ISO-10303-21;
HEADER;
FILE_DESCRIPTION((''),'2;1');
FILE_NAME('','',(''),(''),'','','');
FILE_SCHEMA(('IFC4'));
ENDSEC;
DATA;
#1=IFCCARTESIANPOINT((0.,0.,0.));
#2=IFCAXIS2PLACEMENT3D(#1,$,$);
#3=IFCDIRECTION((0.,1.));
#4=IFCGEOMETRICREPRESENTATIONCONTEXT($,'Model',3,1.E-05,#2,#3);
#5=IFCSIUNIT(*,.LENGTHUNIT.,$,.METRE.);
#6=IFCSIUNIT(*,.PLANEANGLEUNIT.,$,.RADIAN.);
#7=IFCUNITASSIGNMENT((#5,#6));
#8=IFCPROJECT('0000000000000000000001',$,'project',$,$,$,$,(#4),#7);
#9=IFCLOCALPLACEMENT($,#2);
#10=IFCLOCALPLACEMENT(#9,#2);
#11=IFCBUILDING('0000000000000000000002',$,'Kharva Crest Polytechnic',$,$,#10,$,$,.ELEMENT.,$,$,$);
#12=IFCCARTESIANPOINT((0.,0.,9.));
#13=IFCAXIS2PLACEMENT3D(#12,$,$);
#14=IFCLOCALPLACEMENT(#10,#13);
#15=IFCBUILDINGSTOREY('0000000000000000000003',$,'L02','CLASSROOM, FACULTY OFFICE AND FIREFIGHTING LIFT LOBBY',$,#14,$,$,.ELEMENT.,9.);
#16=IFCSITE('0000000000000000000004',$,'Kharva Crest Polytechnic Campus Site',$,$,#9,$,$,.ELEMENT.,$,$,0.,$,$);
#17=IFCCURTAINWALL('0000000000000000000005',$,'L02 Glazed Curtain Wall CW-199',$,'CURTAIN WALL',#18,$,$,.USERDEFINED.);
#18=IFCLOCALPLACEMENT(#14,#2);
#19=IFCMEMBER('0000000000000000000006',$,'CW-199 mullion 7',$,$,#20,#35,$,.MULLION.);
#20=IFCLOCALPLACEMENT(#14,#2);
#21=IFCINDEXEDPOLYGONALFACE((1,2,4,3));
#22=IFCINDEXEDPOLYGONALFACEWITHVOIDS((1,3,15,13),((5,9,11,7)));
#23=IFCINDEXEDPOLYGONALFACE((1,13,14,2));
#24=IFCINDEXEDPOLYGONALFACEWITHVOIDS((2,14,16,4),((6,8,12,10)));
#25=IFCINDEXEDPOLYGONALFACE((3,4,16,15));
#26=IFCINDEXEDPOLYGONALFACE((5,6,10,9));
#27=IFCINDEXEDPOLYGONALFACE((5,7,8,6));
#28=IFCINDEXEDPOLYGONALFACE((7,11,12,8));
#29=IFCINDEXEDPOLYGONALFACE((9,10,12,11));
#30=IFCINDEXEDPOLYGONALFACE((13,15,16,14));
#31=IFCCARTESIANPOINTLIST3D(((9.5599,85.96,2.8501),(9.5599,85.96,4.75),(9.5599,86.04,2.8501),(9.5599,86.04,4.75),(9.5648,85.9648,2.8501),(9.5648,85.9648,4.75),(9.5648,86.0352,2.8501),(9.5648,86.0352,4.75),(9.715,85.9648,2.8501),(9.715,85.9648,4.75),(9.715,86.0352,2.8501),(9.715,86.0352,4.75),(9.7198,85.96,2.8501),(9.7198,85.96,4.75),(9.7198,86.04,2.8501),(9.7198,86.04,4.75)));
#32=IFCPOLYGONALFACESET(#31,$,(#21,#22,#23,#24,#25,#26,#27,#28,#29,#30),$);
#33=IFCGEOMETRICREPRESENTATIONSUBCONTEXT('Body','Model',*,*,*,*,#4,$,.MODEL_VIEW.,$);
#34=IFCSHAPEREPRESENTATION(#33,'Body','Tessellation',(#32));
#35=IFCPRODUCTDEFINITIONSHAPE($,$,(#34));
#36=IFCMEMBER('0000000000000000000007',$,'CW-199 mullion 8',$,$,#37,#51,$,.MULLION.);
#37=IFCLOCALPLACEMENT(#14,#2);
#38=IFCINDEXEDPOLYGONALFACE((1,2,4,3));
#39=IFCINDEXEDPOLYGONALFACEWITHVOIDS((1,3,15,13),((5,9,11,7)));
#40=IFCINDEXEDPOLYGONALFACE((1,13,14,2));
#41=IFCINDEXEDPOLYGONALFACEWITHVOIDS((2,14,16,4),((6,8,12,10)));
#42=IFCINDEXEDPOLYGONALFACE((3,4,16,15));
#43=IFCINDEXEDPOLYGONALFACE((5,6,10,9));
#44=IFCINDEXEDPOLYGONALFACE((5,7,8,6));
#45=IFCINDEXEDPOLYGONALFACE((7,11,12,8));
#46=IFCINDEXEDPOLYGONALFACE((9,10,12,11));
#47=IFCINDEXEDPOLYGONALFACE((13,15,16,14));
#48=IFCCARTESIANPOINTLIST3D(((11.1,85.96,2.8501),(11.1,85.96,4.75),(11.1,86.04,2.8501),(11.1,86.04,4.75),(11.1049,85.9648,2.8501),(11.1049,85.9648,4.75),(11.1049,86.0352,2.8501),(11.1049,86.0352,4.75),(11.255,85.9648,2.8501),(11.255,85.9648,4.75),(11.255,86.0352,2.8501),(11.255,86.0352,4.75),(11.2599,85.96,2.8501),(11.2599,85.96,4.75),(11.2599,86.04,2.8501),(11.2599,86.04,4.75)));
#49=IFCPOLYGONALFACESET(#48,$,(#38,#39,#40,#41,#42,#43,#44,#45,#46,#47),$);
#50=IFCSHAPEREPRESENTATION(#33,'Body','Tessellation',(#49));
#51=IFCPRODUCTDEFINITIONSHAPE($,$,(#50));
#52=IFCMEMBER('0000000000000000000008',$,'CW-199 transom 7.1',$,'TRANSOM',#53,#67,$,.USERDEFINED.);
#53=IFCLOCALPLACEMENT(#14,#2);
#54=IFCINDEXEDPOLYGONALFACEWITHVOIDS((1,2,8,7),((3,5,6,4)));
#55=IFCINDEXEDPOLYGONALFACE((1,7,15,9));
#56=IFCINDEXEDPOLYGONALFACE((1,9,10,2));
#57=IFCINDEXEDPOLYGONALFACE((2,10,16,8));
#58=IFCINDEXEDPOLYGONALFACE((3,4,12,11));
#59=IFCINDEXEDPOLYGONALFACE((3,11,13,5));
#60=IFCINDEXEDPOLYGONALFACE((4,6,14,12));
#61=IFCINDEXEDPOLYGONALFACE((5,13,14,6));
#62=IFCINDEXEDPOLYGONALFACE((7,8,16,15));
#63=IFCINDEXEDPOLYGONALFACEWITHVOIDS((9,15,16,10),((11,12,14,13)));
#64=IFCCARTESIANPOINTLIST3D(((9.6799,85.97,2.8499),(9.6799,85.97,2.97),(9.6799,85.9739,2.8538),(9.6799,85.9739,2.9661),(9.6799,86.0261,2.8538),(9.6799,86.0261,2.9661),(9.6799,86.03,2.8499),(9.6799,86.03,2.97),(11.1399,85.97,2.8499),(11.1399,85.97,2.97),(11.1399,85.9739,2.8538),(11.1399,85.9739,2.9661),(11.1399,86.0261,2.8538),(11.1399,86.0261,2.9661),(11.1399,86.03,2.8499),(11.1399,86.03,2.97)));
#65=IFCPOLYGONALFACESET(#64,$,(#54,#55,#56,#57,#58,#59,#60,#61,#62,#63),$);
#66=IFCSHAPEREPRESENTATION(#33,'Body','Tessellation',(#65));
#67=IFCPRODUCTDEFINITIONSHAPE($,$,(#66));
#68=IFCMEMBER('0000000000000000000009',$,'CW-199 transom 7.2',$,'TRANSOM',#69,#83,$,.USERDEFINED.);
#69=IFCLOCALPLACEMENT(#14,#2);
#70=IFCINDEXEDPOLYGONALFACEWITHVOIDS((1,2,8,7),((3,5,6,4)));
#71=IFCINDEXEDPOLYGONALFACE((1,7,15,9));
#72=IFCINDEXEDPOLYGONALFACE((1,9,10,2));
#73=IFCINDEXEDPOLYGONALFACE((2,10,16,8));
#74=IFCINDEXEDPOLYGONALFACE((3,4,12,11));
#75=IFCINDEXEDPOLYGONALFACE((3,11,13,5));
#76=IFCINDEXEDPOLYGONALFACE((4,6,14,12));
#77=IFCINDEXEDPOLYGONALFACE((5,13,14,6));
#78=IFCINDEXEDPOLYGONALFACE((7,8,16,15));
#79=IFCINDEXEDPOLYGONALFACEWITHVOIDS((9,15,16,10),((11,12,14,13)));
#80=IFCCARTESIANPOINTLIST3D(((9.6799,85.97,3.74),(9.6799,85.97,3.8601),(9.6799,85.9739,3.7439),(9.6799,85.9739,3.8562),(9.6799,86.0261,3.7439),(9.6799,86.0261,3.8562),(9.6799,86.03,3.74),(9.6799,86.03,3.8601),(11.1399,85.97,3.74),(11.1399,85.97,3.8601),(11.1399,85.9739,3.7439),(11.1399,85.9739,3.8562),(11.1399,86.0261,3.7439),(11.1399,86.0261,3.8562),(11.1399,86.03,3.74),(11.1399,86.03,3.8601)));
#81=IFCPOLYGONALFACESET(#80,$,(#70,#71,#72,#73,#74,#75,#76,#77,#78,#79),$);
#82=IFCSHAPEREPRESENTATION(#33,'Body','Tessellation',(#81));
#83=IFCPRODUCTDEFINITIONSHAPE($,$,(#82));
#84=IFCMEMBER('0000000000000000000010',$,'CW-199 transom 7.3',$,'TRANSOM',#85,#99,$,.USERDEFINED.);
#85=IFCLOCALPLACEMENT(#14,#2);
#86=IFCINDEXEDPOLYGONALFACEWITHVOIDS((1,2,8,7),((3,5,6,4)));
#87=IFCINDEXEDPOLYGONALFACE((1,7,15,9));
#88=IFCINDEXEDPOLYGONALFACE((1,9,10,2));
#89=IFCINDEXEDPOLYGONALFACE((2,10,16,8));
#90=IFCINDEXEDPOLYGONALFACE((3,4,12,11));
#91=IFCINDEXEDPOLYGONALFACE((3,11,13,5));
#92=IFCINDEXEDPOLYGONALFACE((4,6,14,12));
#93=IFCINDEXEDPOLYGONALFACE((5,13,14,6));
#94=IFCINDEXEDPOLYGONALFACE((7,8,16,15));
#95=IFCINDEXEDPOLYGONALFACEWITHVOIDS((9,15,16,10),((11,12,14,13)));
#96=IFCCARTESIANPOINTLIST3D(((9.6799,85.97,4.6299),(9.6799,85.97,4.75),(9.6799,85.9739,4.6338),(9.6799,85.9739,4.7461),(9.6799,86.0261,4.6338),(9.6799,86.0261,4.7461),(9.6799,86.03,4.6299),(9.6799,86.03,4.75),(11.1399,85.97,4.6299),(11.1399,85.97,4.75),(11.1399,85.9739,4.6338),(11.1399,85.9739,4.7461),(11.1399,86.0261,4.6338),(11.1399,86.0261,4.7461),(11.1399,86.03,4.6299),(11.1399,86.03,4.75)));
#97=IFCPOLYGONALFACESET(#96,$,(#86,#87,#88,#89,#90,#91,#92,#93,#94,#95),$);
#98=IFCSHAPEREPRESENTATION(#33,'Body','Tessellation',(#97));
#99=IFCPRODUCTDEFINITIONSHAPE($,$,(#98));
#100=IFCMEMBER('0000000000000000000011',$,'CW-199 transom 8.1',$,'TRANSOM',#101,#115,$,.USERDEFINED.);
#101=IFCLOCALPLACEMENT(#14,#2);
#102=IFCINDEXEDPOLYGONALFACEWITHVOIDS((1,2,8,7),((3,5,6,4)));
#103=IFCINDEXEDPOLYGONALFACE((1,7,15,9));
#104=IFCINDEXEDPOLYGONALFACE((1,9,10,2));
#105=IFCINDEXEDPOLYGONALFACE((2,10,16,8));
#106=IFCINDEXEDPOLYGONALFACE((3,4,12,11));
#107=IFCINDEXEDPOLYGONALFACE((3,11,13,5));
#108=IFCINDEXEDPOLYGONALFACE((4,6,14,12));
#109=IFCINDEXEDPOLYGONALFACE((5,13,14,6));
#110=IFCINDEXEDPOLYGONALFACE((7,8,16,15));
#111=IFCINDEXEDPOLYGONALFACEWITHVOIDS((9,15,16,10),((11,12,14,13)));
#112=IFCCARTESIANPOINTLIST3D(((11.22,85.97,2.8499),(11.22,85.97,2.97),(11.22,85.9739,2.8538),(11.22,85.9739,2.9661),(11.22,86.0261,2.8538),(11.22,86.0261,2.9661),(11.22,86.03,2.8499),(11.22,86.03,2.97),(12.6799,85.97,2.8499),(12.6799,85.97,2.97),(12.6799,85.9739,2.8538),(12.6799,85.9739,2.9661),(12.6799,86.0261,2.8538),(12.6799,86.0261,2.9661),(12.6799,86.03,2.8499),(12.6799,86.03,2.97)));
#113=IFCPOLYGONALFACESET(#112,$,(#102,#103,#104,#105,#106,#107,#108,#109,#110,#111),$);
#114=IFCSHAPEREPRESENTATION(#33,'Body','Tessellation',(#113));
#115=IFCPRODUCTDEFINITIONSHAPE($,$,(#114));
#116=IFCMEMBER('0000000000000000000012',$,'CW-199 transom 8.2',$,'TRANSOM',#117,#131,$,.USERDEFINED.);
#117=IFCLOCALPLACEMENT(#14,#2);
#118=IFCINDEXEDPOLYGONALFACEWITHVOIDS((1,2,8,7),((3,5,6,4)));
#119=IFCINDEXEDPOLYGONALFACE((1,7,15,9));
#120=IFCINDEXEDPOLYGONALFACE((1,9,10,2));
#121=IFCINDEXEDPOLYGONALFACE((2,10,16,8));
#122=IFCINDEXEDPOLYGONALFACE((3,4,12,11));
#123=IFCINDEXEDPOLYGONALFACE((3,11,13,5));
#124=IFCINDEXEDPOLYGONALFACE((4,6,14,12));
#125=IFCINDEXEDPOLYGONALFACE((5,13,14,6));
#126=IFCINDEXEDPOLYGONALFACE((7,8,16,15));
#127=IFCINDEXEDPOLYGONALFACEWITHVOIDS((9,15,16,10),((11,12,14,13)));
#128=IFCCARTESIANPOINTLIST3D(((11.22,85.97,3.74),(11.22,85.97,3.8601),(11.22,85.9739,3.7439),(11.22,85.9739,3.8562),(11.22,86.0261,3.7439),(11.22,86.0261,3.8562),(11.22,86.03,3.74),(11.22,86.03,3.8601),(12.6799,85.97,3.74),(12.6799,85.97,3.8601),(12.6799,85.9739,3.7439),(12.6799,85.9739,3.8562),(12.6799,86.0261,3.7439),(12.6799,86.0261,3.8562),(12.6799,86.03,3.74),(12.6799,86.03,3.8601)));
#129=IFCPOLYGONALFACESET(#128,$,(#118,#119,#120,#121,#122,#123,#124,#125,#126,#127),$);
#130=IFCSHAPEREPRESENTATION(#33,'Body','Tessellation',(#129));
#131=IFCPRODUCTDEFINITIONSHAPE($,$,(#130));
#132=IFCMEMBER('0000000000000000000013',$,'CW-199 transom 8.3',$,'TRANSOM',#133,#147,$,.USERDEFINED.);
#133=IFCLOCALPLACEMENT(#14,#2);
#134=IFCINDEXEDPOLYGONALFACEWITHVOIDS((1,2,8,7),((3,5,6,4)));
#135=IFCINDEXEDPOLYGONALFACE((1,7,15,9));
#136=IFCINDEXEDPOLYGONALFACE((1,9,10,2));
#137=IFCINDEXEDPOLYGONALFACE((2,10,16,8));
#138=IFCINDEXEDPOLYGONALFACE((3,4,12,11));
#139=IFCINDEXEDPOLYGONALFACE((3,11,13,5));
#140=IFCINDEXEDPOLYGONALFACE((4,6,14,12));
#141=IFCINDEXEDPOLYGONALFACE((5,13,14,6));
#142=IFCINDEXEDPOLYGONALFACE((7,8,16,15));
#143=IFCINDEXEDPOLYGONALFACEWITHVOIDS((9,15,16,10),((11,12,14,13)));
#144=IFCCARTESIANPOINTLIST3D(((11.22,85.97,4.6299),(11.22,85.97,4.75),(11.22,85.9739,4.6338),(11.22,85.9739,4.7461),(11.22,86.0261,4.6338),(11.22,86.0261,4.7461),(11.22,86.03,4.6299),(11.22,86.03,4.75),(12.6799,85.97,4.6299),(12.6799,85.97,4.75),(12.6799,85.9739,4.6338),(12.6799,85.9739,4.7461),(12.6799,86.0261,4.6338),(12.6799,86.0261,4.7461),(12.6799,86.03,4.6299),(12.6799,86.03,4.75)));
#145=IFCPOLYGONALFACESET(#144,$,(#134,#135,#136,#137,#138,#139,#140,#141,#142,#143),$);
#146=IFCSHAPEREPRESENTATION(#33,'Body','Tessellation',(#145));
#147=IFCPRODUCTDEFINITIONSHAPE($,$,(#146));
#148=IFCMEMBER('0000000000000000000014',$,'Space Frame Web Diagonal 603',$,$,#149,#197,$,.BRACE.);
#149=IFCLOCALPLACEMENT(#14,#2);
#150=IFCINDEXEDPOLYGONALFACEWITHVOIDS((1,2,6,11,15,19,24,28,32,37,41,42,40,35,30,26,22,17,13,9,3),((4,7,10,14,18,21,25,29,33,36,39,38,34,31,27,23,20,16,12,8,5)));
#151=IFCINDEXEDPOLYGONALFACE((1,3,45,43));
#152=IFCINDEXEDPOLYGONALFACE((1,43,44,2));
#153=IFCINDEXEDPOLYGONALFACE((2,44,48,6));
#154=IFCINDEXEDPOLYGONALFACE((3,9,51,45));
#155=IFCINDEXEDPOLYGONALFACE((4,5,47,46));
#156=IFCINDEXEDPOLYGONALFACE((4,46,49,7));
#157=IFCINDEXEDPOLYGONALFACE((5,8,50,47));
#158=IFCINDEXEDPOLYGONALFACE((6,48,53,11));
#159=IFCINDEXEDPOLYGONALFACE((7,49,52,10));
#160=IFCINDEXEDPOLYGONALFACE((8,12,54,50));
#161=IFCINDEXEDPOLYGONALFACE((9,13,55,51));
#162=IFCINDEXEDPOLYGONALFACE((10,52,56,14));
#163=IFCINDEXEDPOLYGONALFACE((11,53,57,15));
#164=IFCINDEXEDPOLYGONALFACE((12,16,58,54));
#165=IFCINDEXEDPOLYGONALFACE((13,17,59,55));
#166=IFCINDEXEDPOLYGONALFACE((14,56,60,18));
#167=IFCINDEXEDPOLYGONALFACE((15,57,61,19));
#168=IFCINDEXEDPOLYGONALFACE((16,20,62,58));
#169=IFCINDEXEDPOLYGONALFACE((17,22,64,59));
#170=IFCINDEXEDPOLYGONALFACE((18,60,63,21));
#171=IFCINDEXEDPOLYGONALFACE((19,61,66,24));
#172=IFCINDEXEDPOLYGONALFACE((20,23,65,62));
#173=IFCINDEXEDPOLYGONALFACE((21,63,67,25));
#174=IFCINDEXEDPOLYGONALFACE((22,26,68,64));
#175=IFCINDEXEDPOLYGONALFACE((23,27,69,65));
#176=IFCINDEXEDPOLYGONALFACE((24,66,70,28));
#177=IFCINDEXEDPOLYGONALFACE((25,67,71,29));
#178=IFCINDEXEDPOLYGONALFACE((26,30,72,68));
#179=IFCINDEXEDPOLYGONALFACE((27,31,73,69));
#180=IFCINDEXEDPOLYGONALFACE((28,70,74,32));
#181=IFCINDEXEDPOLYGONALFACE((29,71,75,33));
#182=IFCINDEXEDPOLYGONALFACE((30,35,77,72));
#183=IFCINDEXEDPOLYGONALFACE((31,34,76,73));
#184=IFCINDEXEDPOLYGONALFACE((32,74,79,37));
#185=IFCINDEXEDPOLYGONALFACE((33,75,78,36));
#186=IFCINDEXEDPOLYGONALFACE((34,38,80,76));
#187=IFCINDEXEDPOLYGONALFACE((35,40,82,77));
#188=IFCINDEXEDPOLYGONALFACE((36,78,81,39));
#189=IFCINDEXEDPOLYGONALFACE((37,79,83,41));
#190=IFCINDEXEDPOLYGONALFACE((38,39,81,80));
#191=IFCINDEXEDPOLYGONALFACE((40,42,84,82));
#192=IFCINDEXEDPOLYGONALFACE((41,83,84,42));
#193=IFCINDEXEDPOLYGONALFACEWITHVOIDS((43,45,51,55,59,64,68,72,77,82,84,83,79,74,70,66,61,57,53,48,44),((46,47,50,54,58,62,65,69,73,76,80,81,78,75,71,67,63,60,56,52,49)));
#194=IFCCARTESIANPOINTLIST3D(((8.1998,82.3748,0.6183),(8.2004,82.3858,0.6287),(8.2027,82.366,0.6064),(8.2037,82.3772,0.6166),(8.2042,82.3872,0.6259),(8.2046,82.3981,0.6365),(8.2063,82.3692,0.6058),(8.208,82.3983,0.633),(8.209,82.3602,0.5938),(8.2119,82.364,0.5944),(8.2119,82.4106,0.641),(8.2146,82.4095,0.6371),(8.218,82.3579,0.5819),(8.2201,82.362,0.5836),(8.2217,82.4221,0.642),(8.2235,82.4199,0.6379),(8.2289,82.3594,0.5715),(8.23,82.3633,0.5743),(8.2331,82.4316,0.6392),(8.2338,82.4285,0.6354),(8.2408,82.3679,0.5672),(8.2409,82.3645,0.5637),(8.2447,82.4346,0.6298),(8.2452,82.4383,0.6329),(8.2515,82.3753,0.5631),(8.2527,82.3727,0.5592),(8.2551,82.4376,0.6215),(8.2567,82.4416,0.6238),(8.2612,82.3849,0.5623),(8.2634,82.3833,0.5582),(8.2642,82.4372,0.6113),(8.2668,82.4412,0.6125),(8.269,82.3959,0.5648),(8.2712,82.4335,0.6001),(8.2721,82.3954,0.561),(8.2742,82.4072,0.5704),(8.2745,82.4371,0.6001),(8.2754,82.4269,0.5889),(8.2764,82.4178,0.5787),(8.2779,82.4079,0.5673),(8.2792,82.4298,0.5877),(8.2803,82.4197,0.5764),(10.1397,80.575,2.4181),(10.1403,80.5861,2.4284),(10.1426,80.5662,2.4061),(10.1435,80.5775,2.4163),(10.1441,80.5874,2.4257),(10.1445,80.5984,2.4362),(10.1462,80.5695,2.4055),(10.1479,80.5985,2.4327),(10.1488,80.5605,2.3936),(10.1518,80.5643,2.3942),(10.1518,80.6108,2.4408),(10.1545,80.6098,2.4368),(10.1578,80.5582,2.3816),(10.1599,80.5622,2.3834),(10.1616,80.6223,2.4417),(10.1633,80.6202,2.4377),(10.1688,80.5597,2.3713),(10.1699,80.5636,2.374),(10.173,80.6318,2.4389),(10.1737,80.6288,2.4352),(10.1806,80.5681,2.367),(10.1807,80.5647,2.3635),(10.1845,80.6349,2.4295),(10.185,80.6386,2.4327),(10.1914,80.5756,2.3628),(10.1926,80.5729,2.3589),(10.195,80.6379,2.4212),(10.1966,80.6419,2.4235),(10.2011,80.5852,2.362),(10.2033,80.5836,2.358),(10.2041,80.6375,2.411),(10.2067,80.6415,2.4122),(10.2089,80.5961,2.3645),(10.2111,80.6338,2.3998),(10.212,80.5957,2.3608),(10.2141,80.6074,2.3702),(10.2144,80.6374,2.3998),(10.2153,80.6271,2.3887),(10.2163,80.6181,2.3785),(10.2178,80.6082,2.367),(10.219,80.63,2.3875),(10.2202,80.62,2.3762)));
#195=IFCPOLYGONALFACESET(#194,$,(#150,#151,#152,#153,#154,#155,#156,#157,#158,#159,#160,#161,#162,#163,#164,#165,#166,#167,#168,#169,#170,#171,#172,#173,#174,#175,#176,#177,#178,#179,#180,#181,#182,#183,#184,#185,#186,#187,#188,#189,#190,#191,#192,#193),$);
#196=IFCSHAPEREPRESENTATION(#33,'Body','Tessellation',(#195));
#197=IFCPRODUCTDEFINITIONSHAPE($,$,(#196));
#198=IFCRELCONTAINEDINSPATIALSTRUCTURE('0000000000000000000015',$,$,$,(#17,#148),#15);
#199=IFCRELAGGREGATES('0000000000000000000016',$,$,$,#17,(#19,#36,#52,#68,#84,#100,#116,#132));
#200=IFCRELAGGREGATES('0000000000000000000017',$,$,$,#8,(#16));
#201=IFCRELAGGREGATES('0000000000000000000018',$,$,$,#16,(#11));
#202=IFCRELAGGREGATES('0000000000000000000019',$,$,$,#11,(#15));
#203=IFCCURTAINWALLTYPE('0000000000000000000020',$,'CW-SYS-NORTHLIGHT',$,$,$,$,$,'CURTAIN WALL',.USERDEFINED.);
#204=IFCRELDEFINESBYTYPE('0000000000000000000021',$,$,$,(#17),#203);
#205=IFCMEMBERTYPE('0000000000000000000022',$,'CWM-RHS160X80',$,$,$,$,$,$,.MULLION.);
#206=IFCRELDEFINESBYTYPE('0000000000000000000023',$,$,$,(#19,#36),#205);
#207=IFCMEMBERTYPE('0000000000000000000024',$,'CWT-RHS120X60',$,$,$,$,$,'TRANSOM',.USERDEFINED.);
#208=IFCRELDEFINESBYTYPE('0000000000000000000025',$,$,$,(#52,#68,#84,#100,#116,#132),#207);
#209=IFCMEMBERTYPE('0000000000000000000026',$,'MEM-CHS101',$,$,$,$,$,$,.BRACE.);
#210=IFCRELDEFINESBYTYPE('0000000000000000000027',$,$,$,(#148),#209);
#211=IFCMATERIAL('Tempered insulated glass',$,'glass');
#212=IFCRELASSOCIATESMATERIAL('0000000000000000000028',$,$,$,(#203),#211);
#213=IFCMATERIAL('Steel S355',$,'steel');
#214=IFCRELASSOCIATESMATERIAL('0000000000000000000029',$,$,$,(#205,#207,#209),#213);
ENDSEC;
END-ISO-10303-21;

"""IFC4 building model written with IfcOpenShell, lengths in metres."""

from ifc_helpers import new_model, si_unit, direction, frame, origin, origin_2d, place, context, subcontext, project, spatial, hollow_rectangle, hollow_circle, extrude, material, material_profile, profile_set, type_object, element, aggregate, save


model = new_model("IFC4")

# Units and contexts
model_context = context("Model", 3, precision=1e-05, world=origin(), true_north=direction((0.0, 1.0)))
body_context = subcontext(model_context, "Body", "Model", "MODEL_VIEW")
ifc_project = project(units=[si_unit("LENGTHUNIT", "METRE"), si_unit("PLANEANGLEUNIT", "RADIAN")], contexts=[model_context])

# Site, building, storey
site_placement = place(None, origin())
site = spatial("IfcSite", under=ifc_project, at=site_placement, Name="Kharva Crest Polytechnic Campus Site", CompositionType="ELEMENT", RefElevation=0.0)
building_placement = place(site_placement, origin())
building = spatial("IfcBuilding", under=site, at=building_placement, Name="Kharva Crest Polytechnic", CompositionType="ELEMENT")
storey_placement = place(building_placement, frame((0.0, 0.0, 9.0)))
storey = spatial("IfcBuildingStorey", under=building, at=storey_placement, Name="L02", Description="CLASSROOM, FACULTY OFFICE AND FIREFIGHTING LIFT LOBBY", CompositionType="ELEMENT", Elevation=9.0)

# Curtain wall, members
ifc_material_1 = material(Name="Tempered insulated glass", Category="glass")
curtain_wall_type = type_object("IfcCurtainWallType", Name="CW-SYS-NORTHLIGHT", ElementType="CURTAIN WALL", PredefinedType="USERDEFINED", material=ifc_material_1)
curtain_wall_placement = place(storey_placement, origin())
curtain_wall = element("IfcCurtainWall", 1, at=curtain_wall_placement, inside=storey, type_object=curtain_wall_type, Name="L02 Glazed Curtain Wall CW-199", ObjectType="CURTAIN WALL", PredefinedType="USERDEFINED")
ifc_material_2 = material(Name="Steel S355", Category="steel")
ifc_material_profile_1 = material_profile(ifc_material_2, hollow_rectangle(XDim=0.0801, YDim=0.1599, WallThickness=0.0049, at=origin_2d()), Name="RHS 160X80X5.0")
ifc_profile_set_1 = profile_set([ifc_material_profile_1], Name="Steel S355")
member_type_1 = type_object("IfcMemberType", Name="CWM-RHS160X80", PredefinedType="MULLION", material=ifc_profile_set_1)
member_1_placement = place(storey_placement, frame((9.6399, 86.0, 2.8501), z_axis=(0.0, 0.0, 1.0), x_axis=(0.0, 1.0, 0.0)))
member_1 = element("IfcMember", 2, at=member_1_placement, type_object=member_type_1, Name="CW-199 mullion 7", PredefinedType="MULLION", context=body_context, shape_type="SweptSolid", body=[
    extrude(hollow_rectangle(XDim=0.0801, YDim=0.1599, WallThickness=0.0049, at=origin_2d()), origin(), (0.0, 0.0, 1.0), 1.8999),
])
member_2_placement = place(storey_placement, frame((11.1799, 86.0, 2.8501), z_axis=(0.0, 0.0, 1.0), x_axis=(0.0, 1.0, 0.0)))
member_2 = element("IfcMember", 3, at=member_2_placement, type_object=member_type_1, Name="CW-199 mullion 8", PredefinedType="MULLION", context=body_context, shape_type="SweptSolid", body=[
    extrude(hollow_rectangle(XDim=0.0801, YDim=0.1599, WallThickness=0.0049, at=origin_2d()), origin(), (0.0, 0.0, 1.0), 1.8999),
])
ifc_material_profile_2 = material_profile(ifc_material_2, hollow_rectangle(XDim=0.0601, YDim=0.1201, WallThickness=0.0039, at=origin_2d()), Name="RHS 120X60X4.0")
ifc_profile_set_2 = profile_set([ifc_material_profile_2], Name="Steel S355")
member_type_2 = type_object("IfcMemberType", Name="CWT-RHS120X60", ElementType="TRANSOM", PredefinedType="USERDEFINED", material=ifc_profile_set_2)
member_3_placement = place(storey_placement, frame((9.6799, 86.0, 2.9099), z_axis=(1.0, 0.0, 0.0), x_axis=(0.0, 1.0, 0.0)))
member_3 = element("IfcMember", 4, at=member_3_placement, type_object=member_type_2, Name="CW-199 transom 7.1", ObjectType="TRANSOM", PredefinedType="USERDEFINED", context=body_context, shape_type="SweptSolid", body=[
    extrude(hollow_rectangle(XDim=0.0601, YDim=0.1201, WallThickness=0.0039, at=origin_2d()), origin(), (0.0, 0.0, 1.0), 1.46),
])
member_4_placement = place(storey_placement, frame((9.6799, 86.0, 3.8), z_axis=(1.0, 0.0, 0.0), x_axis=(0.0, 1.0, 0.0)))
member_4 = element("IfcMember", 5, at=member_4_placement, type_object=member_type_2, Name="CW-199 transom 7.2", ObjectType="TRANSOM", PredefinedType="USERDEFINED", context=body_context, shape_type="SweptSolid", body=[
    extrude(hollow_rectangle(XDim=0.0601, YDim=0.1201, WallThickness=0.0039, at=origin_2d()), origin(), (0.0, 0.0, 1.0), 1.46),
])
member_5_placement = place(storey_placement, frame((9.6799, 86.0, 4.6899), z_axis=(1.0, 0.0, 0.0), x_axis=(0.0, 1.0, 0.0)))
member_5 = element("IfcMember", 6, at=member_5_placement, type_object=member_type_2, Name="CW-199 transom 7.3", ObjectType="TRANSOM", PredefinedType="USERDEFINED", context=body_context, shape_type="SweptSolid", body=[
    extrude(hollow_rectangle(XDim=0.0601, YDim=0.1201, WallThickness=0.0039, at=origin_2d()), origin(), (0.0, 0.0, 1.0), 1.46),
])
member_6_placement = place(storey_placement, frame((11.22, 86.0, 2.9099), z_axis=(1.0, 0.0, 0.0), x_axis=(0.0, 1.0, 0.0)))
member_6 = element("IfcMember", 7, at=member_6_placement, type_object=member_type_2, Name="CW-199 transom 8.1", ObjectType="TRANSOM", PredefinedType="USERDEFINED", context=body_context, shape_type="SweptSolid", body=[
    extrude(hollow_rectangle(XDim=0.0601, YDim=0.1201, WallThickness=0.0039, at=origin_2d()), origin(), (0.0, 0.0, 1.0), 1.46),
])
member_7_placement = place(storey_placement, frame((11.22, 86.0, 3.8), z_axis=(1.0, 0.0, 0.0), x_axis=(0.0, 1.0, 0.0)))
member_7 = element("IfcMember", 8, at=member_7_placement, type_object=member_type_2, Name="CW-199 transom 8.2", ObjectType="TRANSOM", PredefinedType="USERDEFINED", context=body_context, shape_type="SweptSolid", body=[
    extrude(hollow_rectangle(XDim=0.0601, YDim=0.1201, WallThickness=0.0039, at=origin_2d()), origin(), (0.0, 0.0, 1.0), 1.46),
])
member_8_placement = place(storey_placement, frame((11.22, 86.0, 4.6899), z_axis=(1.0, 0.0, 0.0), x_axis=(0.0, 1.0, 0.0)))
member_8 = element("IfcMember", 9, at=member_8_placement, type_object=member_type_2, Name="CW-199 transom 8.3", ObjectType="TRANSOM", PredefinedType="USERDEFINED", context=body_context, shape_type="SweptSolid", body=[
    extrude(hollow_rectangle(XDim=0.0601, YDim=0.1201, WallThickness=0.0039, at=origin_2d()), origin(), (0.0, 0.0, 1.0), 1.46),
])

# Member
ifc_material_profile_3 = material_profile(ifc_material_2, hollow_circle(Radius=0.0508, WallThickness=0.0049, at=origin_2d()), Name="CHS 101.6X5.0")
ifc_profile_set_3 = profile_set([ifc_material_profile_3], Name="Steel S355")
member_type_3 = type_object("IfcMemberType", Name="MEM-CHS101", PredefinedType="BRACE", material=ifc_profile_set_3)
member_9_placement = place(storey_placement, frame((8.24, 82.3999, 0.6001), z_axis=(0.606173, -0.562385, 0.562385), x_axis=(0.680133, 0.733089, 0.0)))
element("IfcMember", 10, at=member_9_placement, inside=storey, type_object=member_type_3, Name="Space Frame Web Diagonal 603", PredefinedType="BRACE", context=body_context, shape_type="SweptSolid", body=[
    extrude(hollow_circle(Radius=0.0508, WallThickness=0.0049, at=origin_2d()), origin(), (0.0, 0.0, 1.0), 3.2002),
])

aggregate(curtain_wall, [member_1, member_2, member_3, member_4, member_5, member_6, member_7, member_8])

save(model, "model.ifc")
